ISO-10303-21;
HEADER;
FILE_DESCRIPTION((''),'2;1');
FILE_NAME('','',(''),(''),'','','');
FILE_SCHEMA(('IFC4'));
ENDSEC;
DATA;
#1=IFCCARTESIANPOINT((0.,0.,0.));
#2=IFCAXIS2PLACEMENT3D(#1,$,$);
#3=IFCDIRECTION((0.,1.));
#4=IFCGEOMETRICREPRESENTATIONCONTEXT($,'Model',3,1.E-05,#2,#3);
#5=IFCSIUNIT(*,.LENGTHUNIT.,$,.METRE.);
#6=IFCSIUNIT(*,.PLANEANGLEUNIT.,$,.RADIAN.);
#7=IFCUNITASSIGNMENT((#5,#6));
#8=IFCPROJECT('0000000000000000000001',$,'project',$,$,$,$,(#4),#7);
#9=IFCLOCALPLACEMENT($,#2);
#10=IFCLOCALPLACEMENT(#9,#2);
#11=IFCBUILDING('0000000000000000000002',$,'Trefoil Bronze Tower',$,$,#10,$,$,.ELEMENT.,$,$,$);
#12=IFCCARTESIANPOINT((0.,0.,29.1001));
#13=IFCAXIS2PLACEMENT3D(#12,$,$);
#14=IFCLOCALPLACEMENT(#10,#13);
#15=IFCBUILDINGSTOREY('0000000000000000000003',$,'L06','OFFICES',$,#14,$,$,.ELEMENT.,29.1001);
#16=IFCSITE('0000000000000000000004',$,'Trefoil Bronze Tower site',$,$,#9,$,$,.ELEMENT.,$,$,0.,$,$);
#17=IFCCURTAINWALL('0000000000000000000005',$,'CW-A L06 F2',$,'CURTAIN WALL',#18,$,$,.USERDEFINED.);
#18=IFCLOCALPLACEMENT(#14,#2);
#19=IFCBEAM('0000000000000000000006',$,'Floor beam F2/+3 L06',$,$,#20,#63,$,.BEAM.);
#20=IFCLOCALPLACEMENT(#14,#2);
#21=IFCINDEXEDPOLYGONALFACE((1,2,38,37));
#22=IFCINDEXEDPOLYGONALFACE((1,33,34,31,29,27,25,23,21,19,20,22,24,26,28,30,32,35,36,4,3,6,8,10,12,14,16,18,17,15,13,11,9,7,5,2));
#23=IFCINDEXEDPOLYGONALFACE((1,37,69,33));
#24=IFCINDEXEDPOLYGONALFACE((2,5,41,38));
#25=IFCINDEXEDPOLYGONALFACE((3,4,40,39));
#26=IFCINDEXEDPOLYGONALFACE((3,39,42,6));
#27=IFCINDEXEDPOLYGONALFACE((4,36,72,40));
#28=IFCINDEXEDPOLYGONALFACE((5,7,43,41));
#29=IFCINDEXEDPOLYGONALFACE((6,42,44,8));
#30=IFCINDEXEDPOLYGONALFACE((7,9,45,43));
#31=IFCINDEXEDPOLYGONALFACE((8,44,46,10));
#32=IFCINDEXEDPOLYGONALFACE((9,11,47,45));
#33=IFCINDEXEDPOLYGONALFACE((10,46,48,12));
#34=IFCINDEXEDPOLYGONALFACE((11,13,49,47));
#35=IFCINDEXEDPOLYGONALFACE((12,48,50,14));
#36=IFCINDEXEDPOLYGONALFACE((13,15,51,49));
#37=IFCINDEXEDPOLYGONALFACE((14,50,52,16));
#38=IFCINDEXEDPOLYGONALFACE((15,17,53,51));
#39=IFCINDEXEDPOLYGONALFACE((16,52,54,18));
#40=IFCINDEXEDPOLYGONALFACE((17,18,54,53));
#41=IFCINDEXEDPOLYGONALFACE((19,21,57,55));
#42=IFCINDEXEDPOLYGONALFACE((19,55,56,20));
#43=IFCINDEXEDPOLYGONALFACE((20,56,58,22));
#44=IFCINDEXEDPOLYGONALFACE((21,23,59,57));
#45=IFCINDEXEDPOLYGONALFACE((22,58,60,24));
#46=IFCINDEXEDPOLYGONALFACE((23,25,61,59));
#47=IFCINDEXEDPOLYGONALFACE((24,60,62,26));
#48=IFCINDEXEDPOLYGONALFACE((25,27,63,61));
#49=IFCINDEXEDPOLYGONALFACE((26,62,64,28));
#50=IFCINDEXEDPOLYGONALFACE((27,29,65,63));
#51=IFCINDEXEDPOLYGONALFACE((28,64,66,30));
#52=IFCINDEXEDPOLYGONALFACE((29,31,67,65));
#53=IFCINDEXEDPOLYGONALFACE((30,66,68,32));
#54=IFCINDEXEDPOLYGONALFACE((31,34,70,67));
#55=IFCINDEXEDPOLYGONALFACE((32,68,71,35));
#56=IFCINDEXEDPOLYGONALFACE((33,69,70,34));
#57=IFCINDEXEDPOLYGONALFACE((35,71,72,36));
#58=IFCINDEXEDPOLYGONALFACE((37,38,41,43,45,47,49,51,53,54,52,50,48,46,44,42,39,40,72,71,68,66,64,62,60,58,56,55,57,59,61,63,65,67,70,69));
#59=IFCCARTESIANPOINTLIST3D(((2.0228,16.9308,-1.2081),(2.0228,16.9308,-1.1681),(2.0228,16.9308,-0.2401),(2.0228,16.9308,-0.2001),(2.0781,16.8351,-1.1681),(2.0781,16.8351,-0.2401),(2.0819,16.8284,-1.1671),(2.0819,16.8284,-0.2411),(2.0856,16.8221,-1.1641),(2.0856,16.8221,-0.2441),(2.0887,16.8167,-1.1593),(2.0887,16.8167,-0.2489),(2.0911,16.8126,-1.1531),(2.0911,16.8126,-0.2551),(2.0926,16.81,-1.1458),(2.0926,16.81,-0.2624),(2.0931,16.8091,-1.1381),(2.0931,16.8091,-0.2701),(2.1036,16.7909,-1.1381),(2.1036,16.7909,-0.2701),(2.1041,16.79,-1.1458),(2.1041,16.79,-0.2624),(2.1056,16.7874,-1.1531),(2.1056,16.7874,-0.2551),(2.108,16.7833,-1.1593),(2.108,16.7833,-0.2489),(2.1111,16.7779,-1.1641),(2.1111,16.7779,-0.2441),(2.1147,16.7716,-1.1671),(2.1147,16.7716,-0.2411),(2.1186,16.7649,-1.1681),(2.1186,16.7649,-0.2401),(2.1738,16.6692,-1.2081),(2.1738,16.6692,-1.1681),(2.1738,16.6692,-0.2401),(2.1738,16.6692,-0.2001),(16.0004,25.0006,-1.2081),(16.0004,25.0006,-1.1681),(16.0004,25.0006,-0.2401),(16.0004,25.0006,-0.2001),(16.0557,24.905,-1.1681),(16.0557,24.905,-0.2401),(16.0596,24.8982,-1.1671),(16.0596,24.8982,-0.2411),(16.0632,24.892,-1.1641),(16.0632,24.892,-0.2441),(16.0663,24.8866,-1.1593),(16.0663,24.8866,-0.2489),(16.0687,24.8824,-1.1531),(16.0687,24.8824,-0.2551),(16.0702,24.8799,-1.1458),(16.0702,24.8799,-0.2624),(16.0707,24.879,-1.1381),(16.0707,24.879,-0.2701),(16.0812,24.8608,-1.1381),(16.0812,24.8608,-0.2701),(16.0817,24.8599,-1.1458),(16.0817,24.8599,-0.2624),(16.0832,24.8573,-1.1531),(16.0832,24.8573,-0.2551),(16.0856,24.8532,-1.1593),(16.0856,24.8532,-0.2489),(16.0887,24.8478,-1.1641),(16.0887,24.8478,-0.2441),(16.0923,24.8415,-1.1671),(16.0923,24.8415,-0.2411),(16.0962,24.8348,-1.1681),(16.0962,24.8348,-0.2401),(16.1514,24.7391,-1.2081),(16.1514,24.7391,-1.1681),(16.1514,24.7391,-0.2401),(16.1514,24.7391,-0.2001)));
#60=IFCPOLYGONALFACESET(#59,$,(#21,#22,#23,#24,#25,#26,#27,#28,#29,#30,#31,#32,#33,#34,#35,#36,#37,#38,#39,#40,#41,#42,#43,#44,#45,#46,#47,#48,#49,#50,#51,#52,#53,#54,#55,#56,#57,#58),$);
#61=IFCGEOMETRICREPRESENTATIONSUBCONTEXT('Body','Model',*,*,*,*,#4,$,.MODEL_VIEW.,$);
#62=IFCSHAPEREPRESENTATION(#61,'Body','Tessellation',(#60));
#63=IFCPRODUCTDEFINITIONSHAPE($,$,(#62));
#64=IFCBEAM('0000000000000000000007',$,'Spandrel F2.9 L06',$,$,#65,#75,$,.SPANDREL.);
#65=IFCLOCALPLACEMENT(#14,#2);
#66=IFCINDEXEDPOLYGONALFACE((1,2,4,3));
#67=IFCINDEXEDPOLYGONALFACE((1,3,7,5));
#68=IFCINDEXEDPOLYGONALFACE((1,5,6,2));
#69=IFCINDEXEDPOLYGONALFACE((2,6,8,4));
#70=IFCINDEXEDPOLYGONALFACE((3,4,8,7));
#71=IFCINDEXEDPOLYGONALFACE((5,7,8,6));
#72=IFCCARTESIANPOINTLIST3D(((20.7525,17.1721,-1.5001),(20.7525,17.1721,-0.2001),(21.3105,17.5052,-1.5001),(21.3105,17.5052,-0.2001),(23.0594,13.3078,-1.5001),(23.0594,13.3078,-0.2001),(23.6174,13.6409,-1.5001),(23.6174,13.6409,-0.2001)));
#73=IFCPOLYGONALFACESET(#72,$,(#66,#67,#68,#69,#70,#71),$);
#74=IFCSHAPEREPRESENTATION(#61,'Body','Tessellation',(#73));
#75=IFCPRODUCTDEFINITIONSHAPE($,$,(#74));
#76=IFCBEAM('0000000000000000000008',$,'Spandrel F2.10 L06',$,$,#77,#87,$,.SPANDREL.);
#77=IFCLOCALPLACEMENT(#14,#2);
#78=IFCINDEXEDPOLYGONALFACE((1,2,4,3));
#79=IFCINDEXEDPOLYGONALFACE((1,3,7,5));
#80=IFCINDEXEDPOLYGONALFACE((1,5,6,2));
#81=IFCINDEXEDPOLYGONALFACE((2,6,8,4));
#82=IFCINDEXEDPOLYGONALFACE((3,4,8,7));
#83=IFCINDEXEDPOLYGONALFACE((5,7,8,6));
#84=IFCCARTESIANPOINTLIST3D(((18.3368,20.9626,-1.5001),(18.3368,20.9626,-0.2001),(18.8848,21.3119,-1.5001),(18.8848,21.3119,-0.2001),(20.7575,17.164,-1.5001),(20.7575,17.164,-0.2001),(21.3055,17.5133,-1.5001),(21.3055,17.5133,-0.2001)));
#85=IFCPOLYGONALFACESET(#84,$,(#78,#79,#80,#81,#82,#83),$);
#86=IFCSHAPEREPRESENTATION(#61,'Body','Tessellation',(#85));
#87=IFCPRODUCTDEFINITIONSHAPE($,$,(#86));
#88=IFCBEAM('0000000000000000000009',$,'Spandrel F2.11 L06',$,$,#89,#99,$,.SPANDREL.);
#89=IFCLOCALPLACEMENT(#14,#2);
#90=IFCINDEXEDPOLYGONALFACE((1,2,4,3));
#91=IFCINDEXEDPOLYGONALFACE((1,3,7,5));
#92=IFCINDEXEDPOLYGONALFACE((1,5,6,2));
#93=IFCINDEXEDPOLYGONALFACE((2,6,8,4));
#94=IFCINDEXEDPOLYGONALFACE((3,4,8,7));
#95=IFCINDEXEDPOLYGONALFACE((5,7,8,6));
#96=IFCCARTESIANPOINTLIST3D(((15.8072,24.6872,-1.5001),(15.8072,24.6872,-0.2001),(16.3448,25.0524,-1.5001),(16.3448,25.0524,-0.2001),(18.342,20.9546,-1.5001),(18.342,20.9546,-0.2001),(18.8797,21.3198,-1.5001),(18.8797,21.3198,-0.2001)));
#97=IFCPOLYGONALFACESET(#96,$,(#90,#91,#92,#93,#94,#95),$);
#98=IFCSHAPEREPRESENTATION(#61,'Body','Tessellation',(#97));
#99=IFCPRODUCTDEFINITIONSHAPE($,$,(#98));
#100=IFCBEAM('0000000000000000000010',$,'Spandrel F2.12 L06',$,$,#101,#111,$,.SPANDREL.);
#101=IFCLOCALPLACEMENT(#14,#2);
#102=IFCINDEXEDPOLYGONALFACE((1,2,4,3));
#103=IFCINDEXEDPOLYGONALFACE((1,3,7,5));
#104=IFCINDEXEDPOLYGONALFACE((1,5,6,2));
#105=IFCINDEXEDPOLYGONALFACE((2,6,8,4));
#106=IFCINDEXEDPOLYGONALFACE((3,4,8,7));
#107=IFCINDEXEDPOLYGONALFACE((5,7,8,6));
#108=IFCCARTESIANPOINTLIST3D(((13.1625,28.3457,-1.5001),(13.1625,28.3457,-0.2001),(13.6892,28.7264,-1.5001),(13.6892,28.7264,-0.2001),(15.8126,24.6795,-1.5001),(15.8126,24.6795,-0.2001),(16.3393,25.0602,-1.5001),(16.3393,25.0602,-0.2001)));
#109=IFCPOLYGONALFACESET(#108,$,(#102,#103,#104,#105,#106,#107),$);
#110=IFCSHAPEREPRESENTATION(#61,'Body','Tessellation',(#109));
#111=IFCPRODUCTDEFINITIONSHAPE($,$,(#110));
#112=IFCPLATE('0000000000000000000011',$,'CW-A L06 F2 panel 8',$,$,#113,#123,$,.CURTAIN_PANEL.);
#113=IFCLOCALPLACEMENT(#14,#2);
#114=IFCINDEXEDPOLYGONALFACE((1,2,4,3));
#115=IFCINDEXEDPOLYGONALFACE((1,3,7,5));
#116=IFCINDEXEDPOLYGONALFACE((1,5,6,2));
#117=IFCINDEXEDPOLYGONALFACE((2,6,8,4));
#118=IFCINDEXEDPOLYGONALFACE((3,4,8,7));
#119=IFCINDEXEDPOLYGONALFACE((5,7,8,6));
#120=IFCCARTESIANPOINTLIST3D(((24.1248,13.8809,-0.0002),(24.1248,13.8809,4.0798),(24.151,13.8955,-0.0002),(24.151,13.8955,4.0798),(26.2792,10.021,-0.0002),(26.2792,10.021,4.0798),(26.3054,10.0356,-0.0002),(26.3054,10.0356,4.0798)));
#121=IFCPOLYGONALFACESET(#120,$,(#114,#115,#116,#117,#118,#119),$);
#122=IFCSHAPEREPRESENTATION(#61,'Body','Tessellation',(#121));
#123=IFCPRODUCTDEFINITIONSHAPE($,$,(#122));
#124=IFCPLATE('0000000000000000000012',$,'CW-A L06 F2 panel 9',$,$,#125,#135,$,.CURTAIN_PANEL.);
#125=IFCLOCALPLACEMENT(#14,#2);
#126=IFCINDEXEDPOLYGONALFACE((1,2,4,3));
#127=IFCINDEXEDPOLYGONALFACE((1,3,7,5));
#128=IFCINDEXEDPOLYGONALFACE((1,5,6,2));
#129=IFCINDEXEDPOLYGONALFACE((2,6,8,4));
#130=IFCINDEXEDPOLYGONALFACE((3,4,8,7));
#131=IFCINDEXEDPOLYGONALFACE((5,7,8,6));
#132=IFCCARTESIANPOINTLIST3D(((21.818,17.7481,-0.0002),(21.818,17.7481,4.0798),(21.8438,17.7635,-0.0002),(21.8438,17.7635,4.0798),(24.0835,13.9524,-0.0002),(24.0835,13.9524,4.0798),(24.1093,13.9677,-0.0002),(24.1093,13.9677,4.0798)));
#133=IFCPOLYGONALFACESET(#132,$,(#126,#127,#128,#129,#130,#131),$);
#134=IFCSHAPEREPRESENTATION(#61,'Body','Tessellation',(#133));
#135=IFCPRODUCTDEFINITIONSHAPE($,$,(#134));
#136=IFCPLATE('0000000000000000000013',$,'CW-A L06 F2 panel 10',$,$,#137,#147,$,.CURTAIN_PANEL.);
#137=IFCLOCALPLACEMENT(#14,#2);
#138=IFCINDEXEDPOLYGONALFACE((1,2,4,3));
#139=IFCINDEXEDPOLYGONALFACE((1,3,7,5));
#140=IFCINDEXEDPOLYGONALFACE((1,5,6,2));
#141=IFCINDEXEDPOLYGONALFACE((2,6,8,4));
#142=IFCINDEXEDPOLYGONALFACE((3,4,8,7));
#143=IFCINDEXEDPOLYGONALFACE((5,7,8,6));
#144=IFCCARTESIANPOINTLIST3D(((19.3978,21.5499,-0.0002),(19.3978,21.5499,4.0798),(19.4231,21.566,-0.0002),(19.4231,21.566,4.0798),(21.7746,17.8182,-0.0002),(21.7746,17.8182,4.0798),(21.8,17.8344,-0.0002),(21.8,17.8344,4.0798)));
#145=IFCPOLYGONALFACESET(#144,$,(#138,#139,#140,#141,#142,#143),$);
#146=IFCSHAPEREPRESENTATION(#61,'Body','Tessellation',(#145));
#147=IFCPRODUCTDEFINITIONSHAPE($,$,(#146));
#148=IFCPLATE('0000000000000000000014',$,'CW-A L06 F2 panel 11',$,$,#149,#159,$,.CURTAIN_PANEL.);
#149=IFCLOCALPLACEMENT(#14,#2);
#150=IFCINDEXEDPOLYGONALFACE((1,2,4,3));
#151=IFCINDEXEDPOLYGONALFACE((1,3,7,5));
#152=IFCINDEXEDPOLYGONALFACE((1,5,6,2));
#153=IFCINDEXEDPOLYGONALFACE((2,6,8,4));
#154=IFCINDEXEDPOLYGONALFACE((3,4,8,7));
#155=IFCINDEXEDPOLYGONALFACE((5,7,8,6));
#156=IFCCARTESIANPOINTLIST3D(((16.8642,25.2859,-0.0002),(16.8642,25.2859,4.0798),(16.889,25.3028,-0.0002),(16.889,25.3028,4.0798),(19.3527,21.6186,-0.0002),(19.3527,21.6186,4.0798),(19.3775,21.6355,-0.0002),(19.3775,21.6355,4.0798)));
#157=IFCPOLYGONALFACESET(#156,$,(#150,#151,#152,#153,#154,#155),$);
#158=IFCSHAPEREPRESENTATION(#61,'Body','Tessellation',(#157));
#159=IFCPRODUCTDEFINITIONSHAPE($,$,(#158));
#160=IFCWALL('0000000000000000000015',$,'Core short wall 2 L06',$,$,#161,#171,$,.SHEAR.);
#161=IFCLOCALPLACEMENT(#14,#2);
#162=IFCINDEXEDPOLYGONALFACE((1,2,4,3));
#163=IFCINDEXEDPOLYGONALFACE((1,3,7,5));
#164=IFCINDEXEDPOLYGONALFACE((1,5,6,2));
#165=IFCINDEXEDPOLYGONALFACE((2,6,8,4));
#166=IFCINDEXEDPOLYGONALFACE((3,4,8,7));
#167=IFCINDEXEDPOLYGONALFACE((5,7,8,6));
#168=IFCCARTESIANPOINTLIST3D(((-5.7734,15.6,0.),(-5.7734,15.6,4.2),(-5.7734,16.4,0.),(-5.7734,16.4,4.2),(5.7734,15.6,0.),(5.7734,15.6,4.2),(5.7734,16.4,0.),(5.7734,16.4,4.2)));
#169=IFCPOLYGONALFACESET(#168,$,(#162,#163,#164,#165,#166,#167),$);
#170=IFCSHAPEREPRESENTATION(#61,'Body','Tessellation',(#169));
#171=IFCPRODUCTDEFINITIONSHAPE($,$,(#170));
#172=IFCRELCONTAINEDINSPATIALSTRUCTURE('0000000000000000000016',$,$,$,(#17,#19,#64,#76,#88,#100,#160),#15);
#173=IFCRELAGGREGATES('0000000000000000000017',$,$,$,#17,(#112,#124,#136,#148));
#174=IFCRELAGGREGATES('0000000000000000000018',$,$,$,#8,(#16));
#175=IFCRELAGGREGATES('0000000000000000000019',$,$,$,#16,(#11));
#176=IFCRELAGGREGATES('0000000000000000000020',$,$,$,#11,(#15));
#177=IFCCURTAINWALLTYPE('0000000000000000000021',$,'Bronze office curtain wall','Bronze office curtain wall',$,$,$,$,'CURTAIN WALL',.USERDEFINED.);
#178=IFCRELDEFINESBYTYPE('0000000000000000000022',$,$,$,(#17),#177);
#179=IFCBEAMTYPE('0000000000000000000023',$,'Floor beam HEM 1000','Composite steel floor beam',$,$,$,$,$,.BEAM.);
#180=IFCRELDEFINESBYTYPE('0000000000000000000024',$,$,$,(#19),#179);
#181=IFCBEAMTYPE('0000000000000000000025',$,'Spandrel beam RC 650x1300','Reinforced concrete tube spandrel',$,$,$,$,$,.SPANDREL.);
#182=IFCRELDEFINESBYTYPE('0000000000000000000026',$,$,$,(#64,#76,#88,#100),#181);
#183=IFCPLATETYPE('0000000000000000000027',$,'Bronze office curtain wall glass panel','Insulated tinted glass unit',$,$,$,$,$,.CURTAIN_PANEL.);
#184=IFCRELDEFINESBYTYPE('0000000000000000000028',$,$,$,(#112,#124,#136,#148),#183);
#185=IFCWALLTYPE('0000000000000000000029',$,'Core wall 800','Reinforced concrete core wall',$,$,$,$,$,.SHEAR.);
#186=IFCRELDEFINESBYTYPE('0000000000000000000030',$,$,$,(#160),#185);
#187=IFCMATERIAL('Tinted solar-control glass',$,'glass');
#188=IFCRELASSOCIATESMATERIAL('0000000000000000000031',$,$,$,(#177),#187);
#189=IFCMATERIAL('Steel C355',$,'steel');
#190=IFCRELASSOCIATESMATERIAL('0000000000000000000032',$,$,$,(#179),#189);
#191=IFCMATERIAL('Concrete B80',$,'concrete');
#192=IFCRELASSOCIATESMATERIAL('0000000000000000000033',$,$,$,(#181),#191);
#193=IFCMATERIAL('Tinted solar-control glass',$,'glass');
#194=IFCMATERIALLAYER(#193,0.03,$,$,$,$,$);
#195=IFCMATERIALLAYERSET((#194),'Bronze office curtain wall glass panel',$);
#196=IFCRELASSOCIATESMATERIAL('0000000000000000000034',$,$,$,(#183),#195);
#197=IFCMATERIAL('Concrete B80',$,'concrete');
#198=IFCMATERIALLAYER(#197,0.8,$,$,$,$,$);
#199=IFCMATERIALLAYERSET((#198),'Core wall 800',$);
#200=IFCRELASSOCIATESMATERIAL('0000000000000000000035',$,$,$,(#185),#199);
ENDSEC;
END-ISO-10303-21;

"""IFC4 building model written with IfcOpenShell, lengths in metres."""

from ifc_helpers import new_model, si_unit, direction, frame, frame_2d, origin, origin_2d, place, context, subcontext, project, spatial, rectangle, i_section, extrude, material, layer, layer_set, material_profile, profile_set, type_object, element, aggregate, save


model = new_model("IFC4")

# Units and contexts
model_context = context("Model", 3, precision=1e-05, world=origin(), true_north=direction((0.0, 1.0)))
body_context = subcontext(model_context, "Body", "Model", "MODEL_VIEW")
ifc_project = project(units=[si_unit("LENGTHUNIT", "METRE"), si_unit("PLANEANGLEUNIT", "RADIAN")], contexts=[model_context])

# Site, building, storey
site_placement = place(None, origin())
site = spatial("IfcSite", under=ifc_project, at=site_placement, Name="Trefoil Bronze Tower site", CompositionType="ELEMENT", RefElevation=0.0)
building_placement = place(site_placement, origin())
building = spatial("IfcBuilding", under=site, at=building_placement, Name="Trefoil Bronze Tower", CompositionType="ELEMENT")
storey_placement = place(building_placement, frame((0.0, 0.0, 29.1001)))
storey = spatial("IfcBuildingStorey", under=building, at=storey_placement, Name="L06", Description="OFFICES", CompositionType="ELEMENT", Elevation=29.1001)

# Curtain wall
ifc_material_1 = material(Name="Tinted solar-control glass", Category="glass")
curtain_wall_type = type_object("IfcCurtainWallType", Name="Bronze office curtain wall", Description="Bronze office curtain wall", ElementType="CURTAIN WALL", PredefinedType="USERDEFINED", material=ifc_material_1)
curtain_wall_placement = place(storey_placement, origin())
curtain_wall = element("IfcCurtainWall", 1, at=curtain_wall_placement, inside=storey, type_object=curtain_wall_type, Name="CW-A L06 F2", ObjectType="CURTAIN WALL", PredefinedType="USERDEFINED")

# Beams
ifc_material_2 = material(Name="Steel C355", Category="steel")
ifc_material_profile_1 = material_profile(ifc_material_2, i_section(OverallWidth=0.302, OverallDepth=1.0081, WebThickness=0.021, FlangeThickness=0.04, FilletRadius=0.03, at=origin_2d()), Name="HEM 1000")
ifc_profile_set_1 = profile_set([ifc_material_profile_1], Name="Steel C355")
beam_type_1 = type_object("IfcBeamType", Name="Floor beam HEM 1000", Description="Composite steel floor beam", PredefinedType="BEAM", material=ifc_profile_set_1)
beam_1_placement = place(storey_placement, frame((16.0759, 24.8699, -0.7041), z_axis=(-0.866028, -0.499995, 0.0), x_axis=(0.499995, -0.866028, 0.0)))
element("IfcBeam", 2, at=beam_1_placement, inside=storey, type_object=beam_type_1, Name="Floor beam F2/+3 L06", PredefinedType="BEAM", context=body_context, shape_type="SweptSolid", body=[
    extrude(i_section(OverallWidth=0.302, OverallDepth=1.0081, WebThickness=0.021, FlangeThickness=0.04, FilletRadius=0.03, at=origin_2d()), origin(), (0.0, 0.0, 1.0), 16.1399),
])
ifc_material_3 = material(Name="Concrete B80", Category="concrete")
ifc_material_profile_2 = material_profile(ifc_material_3, rectangle(XDim=0.6499, YDim=1.3, at=origin_2d()), Name="RC 650x1300")
ifc_profile_set_2 = profile_set([ifc_material_profile_2], Name="Concrete B80")
beam_type_2 = type_object("IfcBeamType", Name="Spandrel beam RC 650x1300", Description="Reinforced concrete tube spandrel", PredefinedType="SPANDREL", material=ifc_profile_set_2)
beam_2_placement = place(storey_placement, frame((23.3384, 13.4744, -0.8501), z_axis=(-0.512588, 0.858635, 0.0), x_axis=(-0.858635, -0.512588, 0.0)))
element("IfcBeam", 3, at=beam_2_placement, inside=storey, type_object=beam_type_2, Name="Spandrel F2.9 L06", PredefinedType="SPANDREL", context=body_context, shape_type="SweptSolid", body=[
    extrude(rectangle(XDim=0.6499, YDim=1.3, at=origin_2d()), origin(), (0.0, 0.0, 1.0), 4.5005),
])
beam_3_placement = place(storey_placement, frame((21.0315, 17.3386, -0.8501), z_axis=(-0.537408, 0.843322, 0.0), x_axis=(-0.843322, -0.537408, 0.0)))
element("IfcBeam", 4, at=beam_3_placement, inside=storey, type_object=beam_type_2, Name="Spandrel F2.10 L06", PredefinedType="SPANDREL", context=body_context, shape_type="SweptSolid", body=[
    extrude(rectangle(XDim=0.6499, YDim=1.3, at=origin_2d()), origin(), (0.0, 0.0, 1.0), 4.5044),
])
beam_4_placement = place(storey_placement, frame((18.6108, 21.1372, -0.8501), z_axis=(-0.56181, 0.827267, 0.0), x_axis=(-0.827267, -0.56181, 0.0)))
element("IfcBeam", 5, at=beam_4_placement, inside=storey, type_object=beam_type_2, Name="Spandrel F2.11 L06", PredefinedType="SPANDREL", context=body_context, shape_type="SweptSolid", body=[
    extrude(rectangle(XDim=0.6499, YDim=1.3, at=origin_2d()), origin(), (0.0, 0.0, 1.0), 4.512),
])
beam_5_placement = place(storey_placement, frame((16.0759, 24.8699, -0.8501), z_axis=(-0.585824, 0.810439, 0.0), x_axis=(-0.810439, -0.585824, 0.0)))
element("IfcBeam", 6, at=beam_5_placement, inside=storey, type_object=beam_type_2, Name="Spandrel F2.12 L06", PredefinedType="SPANDREL", context=body_context, shape_type="SweptSolid", body=[
    extrude(rectangle(XDim=0.6499, YDim=1.3, at=origin_2d()), origin(), (0.0, 0.0, 1.0), 4.5237),
])

# Plates
ifc_material_4 = material(Name="Tinted solar-control glass", Category="glass")
ifc_layer_1 = layer(ifc_material_4, 0.03)
ifc_layer_set_1 = layer_set([ifc_layer_1], Name="Bronze office curtain wall glass panel")
plate_type = type_object("IfcPlateType", Name="Bronze office curtain wall glass panel", Description="Insulated tinted glass unit", PredefinedType="CURTAIN_PANEL", material=ifc_layer_set_1)
plate_1_placement = place(storey_placement, frame((25.2151, 11.9583, -0.0002), z_axis=(0.0, 0.0, 1.0), x_axis=(-0.487382, 0.873189, 0.0)))
plate_1 = element("IfcPlate", 7, at=plate_1_placement, type_object=plate_type, Name="CW-A L06 F2 panel 8", PredefinedType="CURTAIN_PANEL", context=body_context, shape_type="SweptSolid", body=[
    extrude(rectangle(XDim=4.4204, YDim=0.03, at=origin_2d()), origin(), (0.0, 0.0, 1.0), 4.0801),
])
plate_2_placement = place(storey_placement, frame((22.9636, 15.8579, -0.0002), z_axis=(0.0, 0.0, 1.0), x_axis=(-0.512513, 0.85868, 0.0)))
plate_2 = element("IfcPlate", 8, at=plate_2_placement, type_object=plate_type, Name="CW-A L06 F2 panel 9", PredefinedType="CURTAIN_PANEL", context=body_context, shape_type="SweptSolid", body=[
    extrude(rectangle(XDim=4.4204, YDim=0.03, at=origin_2d()), origin(), (0.0, 0.0, 1.0), 4.0801),
])
plate_3_placement = place(storey_placement, frame((20.5989, 19.6921, -0.0002), z_axis=(0.0, 0.0, 1.0), x_axis=(-0.537222, 0.843441, 0.0)))
plate_3 = element("IfcPlate", 9, at=plate_3_placement, type_object=plate_type, Name="CW-A L06 F2 panel 10", PredefinedType="CURTAIN_PANEL", context=body_context, shape_type="SweptSolid", body=[
    extrude(rectangle(XDim=4.4243, YDim=0.03, at=origin_2d()), origin(), (0.0, 0.0, 1.0), 4.0801),
])
plate_4_placement = place(storey_placement, frame((18.1208, 23.4607, -0.0002), z_axis=(0.0, 0.0, 1.0), x_axis=(-0.56151, 0.82747, 0.0)))
plate_4 = element("IfcPlate", 10, at=plate_4_placement, type_object=plate_type, Name="CW-A L06 F2 panel 11", PredefinedType="CURTAIN_PANEL", context=body_context, shape_type="SweptSolid", body=[
    extrude(rectangle(XDim=4.4319, YDim=0.03, at=origin_2d()), origin(), (0.0, 0.0, 1.0), 4.0801),
])
aggregate(curtain_wall, [plate_1, plate_2, plate_3, plate_4])

# Wall
ifc_material_5 = material(Name="Concrete B80", Category="concrete")
ifc_layer_2 = layer(ifc_material_5, 0.8)
ifc_layer_set_2 = layer_set([ifc_layer_2], Name="Core wall 800")
wall_type_1 = type_object("IfcWallType", Name="Core wall 800", Description="Reinforced concrete core wall", PredefinedType="SHEAR", material=ifc_layer_set_2)
wall_1_placement = place(storey_placement, frame((5.7734, 16.0, 0.0), z_axis=(0.0, 0.0, 1.0), x_axis=(-1.0, 0.0, 0.0)))
element("IfcWall", 11, at=wall_1_placement, inside=storey, type_object=wall_type_1, Name="Core short wall 2 L06", PredefinedType="SHEAR", context=body_context, shape_type="SweptSolid", body=[
    extrude(rectangle(XDim=11.5469, YDim=0.8, at=frame_2d((5.7734, 0.0))), origin(), (0.0, 0.0, 1.0), 4.2),
])

save(model, "model.ifc")
